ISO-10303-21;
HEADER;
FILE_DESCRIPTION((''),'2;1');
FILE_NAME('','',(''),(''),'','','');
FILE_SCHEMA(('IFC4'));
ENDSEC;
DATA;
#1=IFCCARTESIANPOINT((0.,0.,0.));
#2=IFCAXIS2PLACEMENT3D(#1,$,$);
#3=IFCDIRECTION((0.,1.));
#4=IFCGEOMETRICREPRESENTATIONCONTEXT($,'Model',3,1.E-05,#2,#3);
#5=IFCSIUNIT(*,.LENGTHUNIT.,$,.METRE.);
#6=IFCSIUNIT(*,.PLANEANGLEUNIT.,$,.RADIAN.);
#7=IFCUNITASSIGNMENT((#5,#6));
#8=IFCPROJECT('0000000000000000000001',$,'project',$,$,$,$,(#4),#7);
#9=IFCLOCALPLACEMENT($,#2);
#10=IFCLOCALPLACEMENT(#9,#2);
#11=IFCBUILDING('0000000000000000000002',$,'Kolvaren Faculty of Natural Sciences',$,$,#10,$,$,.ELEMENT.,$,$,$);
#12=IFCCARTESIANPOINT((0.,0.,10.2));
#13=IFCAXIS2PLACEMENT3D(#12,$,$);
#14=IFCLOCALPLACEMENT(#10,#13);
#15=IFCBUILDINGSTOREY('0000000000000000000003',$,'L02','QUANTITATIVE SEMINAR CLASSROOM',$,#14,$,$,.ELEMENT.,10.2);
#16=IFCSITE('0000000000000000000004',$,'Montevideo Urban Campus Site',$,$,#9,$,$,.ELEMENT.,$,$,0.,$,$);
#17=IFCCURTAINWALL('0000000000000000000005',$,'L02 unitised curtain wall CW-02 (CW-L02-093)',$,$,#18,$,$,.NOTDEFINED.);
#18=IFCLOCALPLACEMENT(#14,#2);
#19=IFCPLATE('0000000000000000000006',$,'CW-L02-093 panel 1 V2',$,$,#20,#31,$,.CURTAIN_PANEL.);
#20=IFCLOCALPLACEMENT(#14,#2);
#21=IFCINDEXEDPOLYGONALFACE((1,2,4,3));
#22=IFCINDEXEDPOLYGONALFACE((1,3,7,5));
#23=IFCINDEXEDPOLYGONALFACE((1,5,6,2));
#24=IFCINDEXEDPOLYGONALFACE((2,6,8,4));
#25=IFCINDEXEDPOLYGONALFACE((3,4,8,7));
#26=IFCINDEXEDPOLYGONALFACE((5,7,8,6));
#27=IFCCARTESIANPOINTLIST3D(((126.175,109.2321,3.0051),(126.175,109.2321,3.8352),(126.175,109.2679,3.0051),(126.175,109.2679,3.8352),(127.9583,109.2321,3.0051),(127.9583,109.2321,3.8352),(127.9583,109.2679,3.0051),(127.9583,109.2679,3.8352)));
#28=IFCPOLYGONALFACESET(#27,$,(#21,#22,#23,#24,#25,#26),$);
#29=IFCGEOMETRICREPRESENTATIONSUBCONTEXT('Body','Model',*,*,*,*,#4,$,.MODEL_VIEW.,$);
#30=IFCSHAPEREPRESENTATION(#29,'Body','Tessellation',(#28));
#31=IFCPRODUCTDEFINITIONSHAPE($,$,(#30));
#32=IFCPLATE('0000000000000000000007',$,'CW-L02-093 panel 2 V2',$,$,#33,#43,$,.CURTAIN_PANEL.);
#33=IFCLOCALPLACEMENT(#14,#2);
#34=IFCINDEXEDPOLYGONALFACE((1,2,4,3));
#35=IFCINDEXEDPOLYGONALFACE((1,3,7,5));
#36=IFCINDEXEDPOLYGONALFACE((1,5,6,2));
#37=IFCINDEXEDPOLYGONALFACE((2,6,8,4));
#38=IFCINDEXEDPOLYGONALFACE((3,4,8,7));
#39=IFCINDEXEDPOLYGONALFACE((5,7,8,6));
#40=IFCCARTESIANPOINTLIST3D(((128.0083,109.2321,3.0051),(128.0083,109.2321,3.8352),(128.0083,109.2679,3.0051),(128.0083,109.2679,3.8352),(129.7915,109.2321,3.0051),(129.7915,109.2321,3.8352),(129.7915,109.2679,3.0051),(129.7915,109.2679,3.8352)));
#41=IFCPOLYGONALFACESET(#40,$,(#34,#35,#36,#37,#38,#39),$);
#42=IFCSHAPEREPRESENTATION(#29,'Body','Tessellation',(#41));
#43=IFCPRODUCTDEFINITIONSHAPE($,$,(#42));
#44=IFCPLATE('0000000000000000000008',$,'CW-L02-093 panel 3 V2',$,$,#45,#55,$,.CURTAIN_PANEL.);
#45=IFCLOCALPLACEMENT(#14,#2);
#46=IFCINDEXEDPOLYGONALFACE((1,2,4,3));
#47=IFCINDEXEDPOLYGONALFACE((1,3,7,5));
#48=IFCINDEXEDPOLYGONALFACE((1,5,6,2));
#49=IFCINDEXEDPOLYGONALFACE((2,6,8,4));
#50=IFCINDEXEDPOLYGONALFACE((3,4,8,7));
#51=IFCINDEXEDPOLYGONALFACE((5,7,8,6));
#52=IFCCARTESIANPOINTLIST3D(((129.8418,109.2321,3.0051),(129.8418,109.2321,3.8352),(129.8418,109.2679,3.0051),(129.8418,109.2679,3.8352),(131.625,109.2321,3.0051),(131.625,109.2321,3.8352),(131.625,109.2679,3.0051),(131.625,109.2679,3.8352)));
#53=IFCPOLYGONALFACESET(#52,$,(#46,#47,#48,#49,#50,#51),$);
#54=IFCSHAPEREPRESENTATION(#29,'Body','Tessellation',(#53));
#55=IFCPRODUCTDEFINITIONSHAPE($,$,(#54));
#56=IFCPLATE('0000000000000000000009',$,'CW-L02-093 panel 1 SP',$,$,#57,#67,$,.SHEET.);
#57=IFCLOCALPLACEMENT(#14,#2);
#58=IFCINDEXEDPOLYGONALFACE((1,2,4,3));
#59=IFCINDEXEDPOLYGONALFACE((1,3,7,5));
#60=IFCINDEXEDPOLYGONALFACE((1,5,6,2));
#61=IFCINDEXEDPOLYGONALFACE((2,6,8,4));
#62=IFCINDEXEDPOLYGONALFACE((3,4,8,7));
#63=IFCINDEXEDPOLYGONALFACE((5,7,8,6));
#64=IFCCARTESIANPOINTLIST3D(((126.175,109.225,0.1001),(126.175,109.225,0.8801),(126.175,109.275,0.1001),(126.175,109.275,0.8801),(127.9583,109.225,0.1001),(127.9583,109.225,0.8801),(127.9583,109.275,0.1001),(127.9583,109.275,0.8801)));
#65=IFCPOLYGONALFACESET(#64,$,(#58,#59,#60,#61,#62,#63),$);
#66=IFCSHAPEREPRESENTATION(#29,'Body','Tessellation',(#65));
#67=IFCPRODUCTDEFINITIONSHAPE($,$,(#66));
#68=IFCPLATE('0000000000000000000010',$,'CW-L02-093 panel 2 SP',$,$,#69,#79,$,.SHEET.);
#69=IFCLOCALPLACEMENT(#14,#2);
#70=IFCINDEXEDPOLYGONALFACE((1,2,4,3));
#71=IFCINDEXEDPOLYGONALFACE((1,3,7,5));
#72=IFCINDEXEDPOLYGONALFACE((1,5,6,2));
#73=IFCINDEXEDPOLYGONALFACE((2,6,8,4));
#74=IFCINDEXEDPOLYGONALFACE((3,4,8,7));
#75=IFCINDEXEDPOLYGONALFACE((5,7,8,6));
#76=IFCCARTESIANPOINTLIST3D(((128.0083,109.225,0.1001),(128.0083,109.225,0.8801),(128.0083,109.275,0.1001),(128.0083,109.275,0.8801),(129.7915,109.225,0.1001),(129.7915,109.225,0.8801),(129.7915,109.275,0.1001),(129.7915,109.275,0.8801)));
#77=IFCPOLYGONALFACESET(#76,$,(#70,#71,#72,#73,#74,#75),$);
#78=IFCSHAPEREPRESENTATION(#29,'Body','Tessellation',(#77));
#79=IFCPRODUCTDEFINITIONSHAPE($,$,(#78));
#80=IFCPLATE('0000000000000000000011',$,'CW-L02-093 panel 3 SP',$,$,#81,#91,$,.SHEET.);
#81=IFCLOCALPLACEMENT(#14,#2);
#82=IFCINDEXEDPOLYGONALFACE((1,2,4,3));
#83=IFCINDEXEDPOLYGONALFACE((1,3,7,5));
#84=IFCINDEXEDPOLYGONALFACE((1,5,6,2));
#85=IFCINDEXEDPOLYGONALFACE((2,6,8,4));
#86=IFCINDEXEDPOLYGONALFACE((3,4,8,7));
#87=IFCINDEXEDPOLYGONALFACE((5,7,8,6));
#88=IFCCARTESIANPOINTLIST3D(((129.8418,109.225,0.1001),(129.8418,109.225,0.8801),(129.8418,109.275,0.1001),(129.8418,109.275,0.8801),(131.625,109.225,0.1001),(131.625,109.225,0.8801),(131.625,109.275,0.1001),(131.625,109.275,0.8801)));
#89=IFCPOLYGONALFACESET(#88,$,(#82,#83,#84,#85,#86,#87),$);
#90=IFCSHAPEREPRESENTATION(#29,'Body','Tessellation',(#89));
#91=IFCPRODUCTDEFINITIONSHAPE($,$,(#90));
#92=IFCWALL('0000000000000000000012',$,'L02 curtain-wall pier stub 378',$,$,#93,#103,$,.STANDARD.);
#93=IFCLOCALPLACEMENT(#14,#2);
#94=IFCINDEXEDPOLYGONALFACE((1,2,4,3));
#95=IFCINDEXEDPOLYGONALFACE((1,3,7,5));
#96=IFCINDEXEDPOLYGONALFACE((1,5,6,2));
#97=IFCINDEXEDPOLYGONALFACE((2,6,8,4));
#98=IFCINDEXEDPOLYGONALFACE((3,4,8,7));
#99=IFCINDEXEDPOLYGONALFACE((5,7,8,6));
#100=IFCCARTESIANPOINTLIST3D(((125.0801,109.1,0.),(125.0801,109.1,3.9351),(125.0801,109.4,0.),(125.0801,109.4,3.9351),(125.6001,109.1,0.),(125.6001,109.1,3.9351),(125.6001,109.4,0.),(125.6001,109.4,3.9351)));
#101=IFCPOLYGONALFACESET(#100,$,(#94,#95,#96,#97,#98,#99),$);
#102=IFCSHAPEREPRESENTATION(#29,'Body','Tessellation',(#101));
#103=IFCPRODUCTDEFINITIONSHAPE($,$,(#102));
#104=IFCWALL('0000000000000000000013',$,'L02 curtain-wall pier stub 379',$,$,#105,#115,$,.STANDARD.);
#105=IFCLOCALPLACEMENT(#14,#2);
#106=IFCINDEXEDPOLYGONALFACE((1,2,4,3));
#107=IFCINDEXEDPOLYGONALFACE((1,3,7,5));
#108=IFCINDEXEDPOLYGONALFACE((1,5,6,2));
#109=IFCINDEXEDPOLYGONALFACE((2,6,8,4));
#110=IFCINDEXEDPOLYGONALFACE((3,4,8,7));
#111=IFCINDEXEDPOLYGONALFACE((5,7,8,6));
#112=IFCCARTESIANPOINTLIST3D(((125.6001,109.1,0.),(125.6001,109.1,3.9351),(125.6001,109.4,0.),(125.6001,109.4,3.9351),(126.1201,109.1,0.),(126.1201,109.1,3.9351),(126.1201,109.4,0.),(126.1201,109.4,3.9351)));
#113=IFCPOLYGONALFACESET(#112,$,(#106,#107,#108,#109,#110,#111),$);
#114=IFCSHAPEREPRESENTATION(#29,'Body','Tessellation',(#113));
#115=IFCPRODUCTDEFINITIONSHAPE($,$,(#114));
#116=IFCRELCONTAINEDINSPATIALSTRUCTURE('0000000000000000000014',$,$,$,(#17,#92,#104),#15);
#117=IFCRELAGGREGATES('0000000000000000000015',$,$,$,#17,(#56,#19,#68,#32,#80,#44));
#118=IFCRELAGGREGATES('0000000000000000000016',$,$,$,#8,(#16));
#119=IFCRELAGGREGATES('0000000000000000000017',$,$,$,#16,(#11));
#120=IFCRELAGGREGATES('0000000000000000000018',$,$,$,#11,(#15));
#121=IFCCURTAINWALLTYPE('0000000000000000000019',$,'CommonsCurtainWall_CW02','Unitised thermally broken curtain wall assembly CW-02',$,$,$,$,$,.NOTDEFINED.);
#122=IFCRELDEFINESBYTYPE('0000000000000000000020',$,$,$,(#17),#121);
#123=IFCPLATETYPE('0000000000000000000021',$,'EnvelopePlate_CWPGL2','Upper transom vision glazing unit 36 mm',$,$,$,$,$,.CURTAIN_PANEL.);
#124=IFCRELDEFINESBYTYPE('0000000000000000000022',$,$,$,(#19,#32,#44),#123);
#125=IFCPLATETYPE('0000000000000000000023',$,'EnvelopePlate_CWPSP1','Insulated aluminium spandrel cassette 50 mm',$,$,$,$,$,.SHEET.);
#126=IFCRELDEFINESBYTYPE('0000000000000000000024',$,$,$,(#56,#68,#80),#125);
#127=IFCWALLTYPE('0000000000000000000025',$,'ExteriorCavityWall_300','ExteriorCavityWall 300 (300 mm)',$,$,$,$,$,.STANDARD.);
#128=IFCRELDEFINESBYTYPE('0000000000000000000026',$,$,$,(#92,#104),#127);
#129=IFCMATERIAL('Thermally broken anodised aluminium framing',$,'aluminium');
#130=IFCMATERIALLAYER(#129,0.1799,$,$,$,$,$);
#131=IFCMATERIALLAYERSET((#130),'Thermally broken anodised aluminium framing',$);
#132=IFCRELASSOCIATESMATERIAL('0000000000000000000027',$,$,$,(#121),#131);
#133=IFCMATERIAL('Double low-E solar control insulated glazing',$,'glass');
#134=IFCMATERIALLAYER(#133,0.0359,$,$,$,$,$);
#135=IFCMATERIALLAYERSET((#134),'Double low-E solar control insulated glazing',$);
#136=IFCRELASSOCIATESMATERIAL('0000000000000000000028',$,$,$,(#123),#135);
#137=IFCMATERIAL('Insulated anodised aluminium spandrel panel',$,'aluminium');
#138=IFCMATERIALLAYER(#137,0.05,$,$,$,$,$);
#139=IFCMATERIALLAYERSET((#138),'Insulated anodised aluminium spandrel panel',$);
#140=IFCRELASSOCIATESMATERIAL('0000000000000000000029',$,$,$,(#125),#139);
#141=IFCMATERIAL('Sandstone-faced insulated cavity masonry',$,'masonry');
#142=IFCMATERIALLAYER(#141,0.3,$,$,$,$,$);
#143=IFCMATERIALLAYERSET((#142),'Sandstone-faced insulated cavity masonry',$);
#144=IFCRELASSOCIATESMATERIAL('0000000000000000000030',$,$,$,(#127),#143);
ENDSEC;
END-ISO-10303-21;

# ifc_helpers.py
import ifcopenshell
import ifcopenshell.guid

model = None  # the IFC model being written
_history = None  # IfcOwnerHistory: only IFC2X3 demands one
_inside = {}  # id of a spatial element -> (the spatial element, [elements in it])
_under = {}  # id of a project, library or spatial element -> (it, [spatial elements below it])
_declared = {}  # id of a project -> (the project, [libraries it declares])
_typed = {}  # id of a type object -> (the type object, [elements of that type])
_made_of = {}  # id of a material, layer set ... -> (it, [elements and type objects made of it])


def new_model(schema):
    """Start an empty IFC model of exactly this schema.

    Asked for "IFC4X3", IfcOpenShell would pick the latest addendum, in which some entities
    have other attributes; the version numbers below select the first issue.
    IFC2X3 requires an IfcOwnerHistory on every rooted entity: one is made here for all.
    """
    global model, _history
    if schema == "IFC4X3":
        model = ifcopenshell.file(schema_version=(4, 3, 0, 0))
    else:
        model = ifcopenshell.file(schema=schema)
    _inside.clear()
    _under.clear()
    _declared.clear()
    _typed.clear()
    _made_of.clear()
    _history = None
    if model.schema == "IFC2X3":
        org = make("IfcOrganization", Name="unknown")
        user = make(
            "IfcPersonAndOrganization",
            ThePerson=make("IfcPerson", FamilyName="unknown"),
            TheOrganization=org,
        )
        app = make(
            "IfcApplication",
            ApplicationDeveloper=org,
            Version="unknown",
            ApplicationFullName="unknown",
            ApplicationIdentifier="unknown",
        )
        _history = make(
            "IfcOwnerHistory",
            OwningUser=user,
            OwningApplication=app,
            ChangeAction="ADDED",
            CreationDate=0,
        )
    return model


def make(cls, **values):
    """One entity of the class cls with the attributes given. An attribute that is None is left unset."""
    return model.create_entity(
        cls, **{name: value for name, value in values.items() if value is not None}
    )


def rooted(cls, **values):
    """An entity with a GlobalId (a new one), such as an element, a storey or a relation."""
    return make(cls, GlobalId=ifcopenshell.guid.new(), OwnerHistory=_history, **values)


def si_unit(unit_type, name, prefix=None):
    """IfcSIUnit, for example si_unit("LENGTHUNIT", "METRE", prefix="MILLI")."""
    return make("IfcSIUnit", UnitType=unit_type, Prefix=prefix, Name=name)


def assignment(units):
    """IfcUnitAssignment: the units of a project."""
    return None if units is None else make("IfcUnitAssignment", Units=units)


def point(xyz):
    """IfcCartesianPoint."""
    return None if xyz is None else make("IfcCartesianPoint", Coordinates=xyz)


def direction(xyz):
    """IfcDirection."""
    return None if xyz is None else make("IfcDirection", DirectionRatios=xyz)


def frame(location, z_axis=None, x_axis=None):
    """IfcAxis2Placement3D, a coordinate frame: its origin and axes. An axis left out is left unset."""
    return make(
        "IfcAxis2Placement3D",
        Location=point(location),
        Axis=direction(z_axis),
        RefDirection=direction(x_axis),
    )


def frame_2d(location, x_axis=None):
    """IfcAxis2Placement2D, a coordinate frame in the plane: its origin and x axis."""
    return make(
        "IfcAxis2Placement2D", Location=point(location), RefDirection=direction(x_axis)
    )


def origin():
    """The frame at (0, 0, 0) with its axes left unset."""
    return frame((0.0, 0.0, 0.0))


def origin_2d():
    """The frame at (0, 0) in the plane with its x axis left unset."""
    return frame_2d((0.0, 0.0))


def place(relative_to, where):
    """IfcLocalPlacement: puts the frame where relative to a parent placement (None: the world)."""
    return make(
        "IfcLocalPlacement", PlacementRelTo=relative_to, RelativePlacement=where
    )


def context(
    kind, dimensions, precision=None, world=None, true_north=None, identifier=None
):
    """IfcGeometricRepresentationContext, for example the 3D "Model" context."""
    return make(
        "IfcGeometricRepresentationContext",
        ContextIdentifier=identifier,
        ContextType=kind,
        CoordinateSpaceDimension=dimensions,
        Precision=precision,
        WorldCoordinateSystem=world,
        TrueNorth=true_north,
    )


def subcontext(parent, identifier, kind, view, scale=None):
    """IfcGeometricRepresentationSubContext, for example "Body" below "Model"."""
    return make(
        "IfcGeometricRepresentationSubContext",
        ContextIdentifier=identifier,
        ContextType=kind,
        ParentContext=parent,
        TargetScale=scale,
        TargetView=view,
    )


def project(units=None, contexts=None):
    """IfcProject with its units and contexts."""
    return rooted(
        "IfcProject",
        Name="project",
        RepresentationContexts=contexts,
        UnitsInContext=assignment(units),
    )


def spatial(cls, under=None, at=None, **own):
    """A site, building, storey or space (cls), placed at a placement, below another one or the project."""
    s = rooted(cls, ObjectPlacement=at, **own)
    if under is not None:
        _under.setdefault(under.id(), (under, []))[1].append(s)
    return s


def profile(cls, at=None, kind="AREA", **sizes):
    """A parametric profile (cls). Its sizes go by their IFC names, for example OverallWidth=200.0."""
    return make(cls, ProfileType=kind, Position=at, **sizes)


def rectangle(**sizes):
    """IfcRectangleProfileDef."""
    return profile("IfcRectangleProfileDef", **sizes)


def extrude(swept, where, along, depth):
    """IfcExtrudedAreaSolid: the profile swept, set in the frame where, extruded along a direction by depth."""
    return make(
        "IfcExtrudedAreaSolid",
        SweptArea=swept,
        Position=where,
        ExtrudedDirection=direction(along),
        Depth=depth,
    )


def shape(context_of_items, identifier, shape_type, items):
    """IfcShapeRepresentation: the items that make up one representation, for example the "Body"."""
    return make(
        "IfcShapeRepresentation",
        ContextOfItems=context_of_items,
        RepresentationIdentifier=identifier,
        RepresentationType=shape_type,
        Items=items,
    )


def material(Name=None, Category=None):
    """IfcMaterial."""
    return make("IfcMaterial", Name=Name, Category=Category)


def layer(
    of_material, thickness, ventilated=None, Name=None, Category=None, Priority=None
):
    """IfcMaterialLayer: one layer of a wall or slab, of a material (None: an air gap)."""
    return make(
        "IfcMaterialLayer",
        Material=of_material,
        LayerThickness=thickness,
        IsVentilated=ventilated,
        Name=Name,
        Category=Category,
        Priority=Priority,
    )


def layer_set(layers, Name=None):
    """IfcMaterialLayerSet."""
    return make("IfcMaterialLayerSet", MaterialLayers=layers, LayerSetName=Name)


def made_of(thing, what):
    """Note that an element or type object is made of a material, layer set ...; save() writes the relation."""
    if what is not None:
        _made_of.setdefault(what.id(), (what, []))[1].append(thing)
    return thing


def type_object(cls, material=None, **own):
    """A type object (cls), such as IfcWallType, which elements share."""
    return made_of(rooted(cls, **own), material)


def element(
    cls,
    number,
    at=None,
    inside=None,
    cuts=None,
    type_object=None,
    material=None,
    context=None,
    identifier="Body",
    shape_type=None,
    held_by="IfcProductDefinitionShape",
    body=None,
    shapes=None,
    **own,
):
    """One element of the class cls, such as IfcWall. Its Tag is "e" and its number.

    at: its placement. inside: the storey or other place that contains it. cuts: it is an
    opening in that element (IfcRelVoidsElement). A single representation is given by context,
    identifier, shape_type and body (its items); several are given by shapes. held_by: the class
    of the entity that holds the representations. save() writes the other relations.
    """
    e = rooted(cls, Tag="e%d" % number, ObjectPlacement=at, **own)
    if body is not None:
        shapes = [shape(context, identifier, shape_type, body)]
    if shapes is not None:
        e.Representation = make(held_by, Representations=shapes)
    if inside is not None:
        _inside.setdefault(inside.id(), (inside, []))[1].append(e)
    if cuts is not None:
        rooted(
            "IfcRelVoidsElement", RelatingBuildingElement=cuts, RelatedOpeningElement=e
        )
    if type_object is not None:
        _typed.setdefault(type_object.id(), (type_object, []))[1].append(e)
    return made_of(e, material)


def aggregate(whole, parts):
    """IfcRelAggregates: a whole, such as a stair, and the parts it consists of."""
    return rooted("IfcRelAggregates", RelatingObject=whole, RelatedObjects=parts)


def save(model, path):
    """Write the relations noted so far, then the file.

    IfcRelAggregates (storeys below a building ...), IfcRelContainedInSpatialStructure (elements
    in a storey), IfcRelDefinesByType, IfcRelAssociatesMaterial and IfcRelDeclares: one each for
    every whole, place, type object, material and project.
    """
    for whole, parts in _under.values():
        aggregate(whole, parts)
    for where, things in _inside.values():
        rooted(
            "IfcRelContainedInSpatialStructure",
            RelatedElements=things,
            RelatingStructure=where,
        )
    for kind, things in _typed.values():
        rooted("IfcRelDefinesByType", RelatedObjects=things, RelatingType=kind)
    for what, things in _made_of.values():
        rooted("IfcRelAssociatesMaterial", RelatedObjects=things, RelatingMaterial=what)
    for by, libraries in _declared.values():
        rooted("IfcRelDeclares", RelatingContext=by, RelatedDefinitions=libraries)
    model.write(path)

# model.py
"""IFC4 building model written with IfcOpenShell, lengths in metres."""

from ifc_helpers import new_model, si_unit, direction, frame, frame_2d, origin, origin_2d, place, context, subcontext, project, spatial, rectangle, extrude, material, layer, layer_set, type_object, element, aggregate, save


model = new_model("IFC4")

# Units and contexts
model_context = context("Model", 3, precision=1e-05, world=origin(), true_north=direction((0.0, 1.0)))
body_context = subcontext(model_context, "Body", "Model", "MODEL_VIEW")
ifc_project = project(units=[si_unit("LENGTHUNIT", "METRE"), si_unit("PLANEANGLEUNIT", "RADIAN")], contexts=[model_context])

# Site, building, storey
site_placement = place(None, origin())
site = spatial("IfcSite", under=ifc_project, at=site_placement, Name="Montevideo Urban Campus Site", CompositionType="ELEMENT", RefElevation=0.0)
building_placement = place(site_placement, origin())
building = spatial("IfcBuilding", under=site, at=building_placement, Name="Kolvaren Faculty of Natural Sciences", CompositionType="ELEMENT")
storey_placement = place(building_placement, frame((0.0, 0.0, 10.2)))
storey = spatial("IfcBuildingStorey", under=building, at=storey_placement, Name="L02", Description="QUANTITATIVE SEMINAR CLASSROOM", CompositionType="ELEMENT", Elevation=10.2)

# Shared definitions
ifc_material_1 = material(Name="Thermally broken anodised aluminium framing", Category="aluminium")
ifc_layer_1 = layer(ifc_material_1, 0.1799)
ifc_layer_set_1 = layer_set([ifc_layer_1], Name="Thermally broken anodised aluminium framing")
curtain_wall_type = type_object("IfcCurtainWallType", Name="CommonsCurtainWall_CW02", Description="Unitised thermally broken curtain wall assembly CW-02", PredefinedType="NOTDEFINED", material=ifc_layer_set_1)

# Curtain wall
curtain_wall_1_placement = place(storey_placement, origin())
curtain_wall_1 = element("IfcCurtainWall", 1, at=curtain_wall_1_placement, inside=storey, type_object=curtain_wall_type, Name="L02 unitised curtain wall CW-02 (CW-L02-093)", PredefinedType="NOTDEFINED")

# Plates
ifc_material_2 = material(Name="Double low-E solar control insulated glazing", Category="glass")
ifc_layer_2 = layer(ifc_material_2, 0.0359)
ifc_layer_set_2 = layer_set([ifc_layer_2], Name="Double low-E solar control insulated glazing")
plate_type_1 = type_object("IfcPlateType", Name="EnvelopePlate_CWPGL2", Description="Upper transom vision glazing unit 36 mm", PredefinedType="CURTAIN_PANEL", material=ifc_layer_set_2)
plate_1_placement = place(storey_placement, frame((127.0667, 109.25, 3.0051), z_axis=(0.0, 0.0, 1.0), x_axis=(1.0, 0.0, 0.0)))
plate_1 = element("IfcPlate", 2, at=plate_1_placement, type_object=plate_type_1, Name="CW-L02-093 panel 1 V2", PredefinedType="CURTAIN_PANEL", context=body_context, shape_type="SweptSolid", body=[
    extrude(rectangle(XDim=1.7832, YDim=0.0359, at=origin_2d()), origin(), (0.0, 0.0, 1.0), 0.8301),
])
plate_2_placement = place(storey_placement, frame((128.8999, 109.25, 3.0051), z_axis=(0.0, 0.0, 1.0), x_axis=(1.0, 0.0, 0.0)))
plate_2 = element("IfcPlate", 3, at=plate_2_placement, type_object=plate_type_1, Name="CW-L02-093 panel 2 V2", PredefinedType="CURTAIN_PANEL", context=body_context, shape_type="SweptSolid", body=[
    extrude(rectangle(XDim=1.7832, YDim=0.0359, at=origin_2d()), origin(), (0.0, 0.0, 1.0), 0.8301),
])
plate_3_placement = place(storey_placement, frame((130.7334, 109.25, 3.0051), z_axis=(0.0, 0.0, 1.0), x_axis=(1.0, 0.0, 0.0)))
plate_3 = element("IfcPlate", 4, at=plate_3_placement, type_object=plate_type_1, Name="CW-L02-093 panel 3 V2", PredefinedType="CURTAIN_PANEL", context=body_context, shape_type="SweptSolid", body=[
    extrude(rectangle(XDim=1.7832, YDim=0.0359, at=origin_2d()), origin(), (0.0, 0.0, 1.0), 0.8301),
])
ifc_material_3 = material(Name="Insulated anodised aluminium spandrel panel", Category="aluminium")
ifc_layer_3 = layer(ifc_material_3, 0.05)
ifc_layer_set_3 = layer_set([ifc_layer_3], Name="Insulated anodised aluminium spandrel panel")
plate_type_2 = type_object("IfcPlateType", Name="EnvelopePlate_CWPSP1", Description="Insulated aluminium spandrel cassette 50 mm", PredefinedType="SHEET", material=ifc_layer_set_3)
plate_4_placement = place(storey_placement, frame((127.0667, 109.25, 0.1001), z_axis=(0.0, 0.0, 1.0), x_axis=(1.0, 0.0, 0.0)))
plate_4 = element("IfcPlate", 5, at=plate_4_placement, type_object=plate_type_2, Name="CW-L02-093 panel 1 SP", PredefinedType="SHEET", context=body_context, shape_type="SweptSolid", body=[
    extrude(rectangle(XDim=1.7832, YDim=0.05, at=origin_2d()), origin(), (0.0, 0.0, 1.0), 0.78),
])
plate_5_placement = place(storey_placement, frame((128.8999, 109.25, 0.1001), z_axis=(0.0, 0.0, 1.0), x_axis=(1.0, 0.0, 0.0)))
plate_5 = element("IfcPlate", 6, at=plate_5_placement, type_object=plate_type_2, Name="CW-L02-093 panel 2 SP", PredefinedType="SHEET", context=body_context, shape_type="SweptSolid", body=[
    extrude(rectangle(XDim=1.7832, YDim=0.05, at=origin_2d()), origin(), (0.0, 0.0, 1.0), 0.78),
])
plate_6_placement = place(storey_placement, frame((130.7334, 109.25, 0.1001), z_axis=(0.0, 0.0, 1.0), x_axis=(1.0, 0.0, 0.0)))
plate_6 = element("IfcPlate", 7, at=plate_6_placement, type_object=plate_type_2, Name="CW-L02-093 panel 3 SP", PredefinedType="SHEET", context=body_context, shape_type="SweptSolid", body=[
    extrude(rectangle(XDim=1.7832, YDim=0.05, at=origin_2d()), origin(), (0.0, 0.0, 1.0), 0.78),
])
aggregate(curtain_wall_1, [plate_4, plate_1, plate_5, plate_2, plate_6, plate_3])

# Walls
ifc_material_4 = material(Name="Sandstone-faced insulated cavity masonry", Category="masonry")
ifc_layer_4 = layer(ifc_material_4, 0.3)
ifc_layer_set_4 = layer_set([ifc_layer_4], Name="Sandstone-faced insulated cavity masonry")
wall_type = type_object("IfcWallType", Name="ExteriorCavityWall_300", Description="ExteriorCavityWall 300 (300 mm)", PredefinedType="STANDARD", material=ifc_layer_set_4)
for number, where, z_axis, x_axis, name in (
    (8, (125.0801, 109.25, 0.0), (0.0, 0.0, 1.0), (1.0, 0.0, 0.0), "L02 curtain-wall pier stub 378"),
    (9, (125.6001, 109.25, 0.0), (0.0, 0.0, 1.0), (1.0, 0.0, 0.0), "L02 curtain-wall pier stub 379"),
):
    element("IfcWall", number, at=place(storey_placement, frame(where, z_axis=z_axis, x_axis=x_axis)), inside=storey, type_object=wall_type, Name=name, PredefinedType="STANDARD", context=body_context, shape_type="SweptSolid", body=[
        extrude(rectangle(XDim=0.52, YDim=0.3, at=frame_2d((0.26, 0.0))), origin(), (0.0, 0.0, 1.0), 3.9351),
    ])

save(model, "model.ifc")
